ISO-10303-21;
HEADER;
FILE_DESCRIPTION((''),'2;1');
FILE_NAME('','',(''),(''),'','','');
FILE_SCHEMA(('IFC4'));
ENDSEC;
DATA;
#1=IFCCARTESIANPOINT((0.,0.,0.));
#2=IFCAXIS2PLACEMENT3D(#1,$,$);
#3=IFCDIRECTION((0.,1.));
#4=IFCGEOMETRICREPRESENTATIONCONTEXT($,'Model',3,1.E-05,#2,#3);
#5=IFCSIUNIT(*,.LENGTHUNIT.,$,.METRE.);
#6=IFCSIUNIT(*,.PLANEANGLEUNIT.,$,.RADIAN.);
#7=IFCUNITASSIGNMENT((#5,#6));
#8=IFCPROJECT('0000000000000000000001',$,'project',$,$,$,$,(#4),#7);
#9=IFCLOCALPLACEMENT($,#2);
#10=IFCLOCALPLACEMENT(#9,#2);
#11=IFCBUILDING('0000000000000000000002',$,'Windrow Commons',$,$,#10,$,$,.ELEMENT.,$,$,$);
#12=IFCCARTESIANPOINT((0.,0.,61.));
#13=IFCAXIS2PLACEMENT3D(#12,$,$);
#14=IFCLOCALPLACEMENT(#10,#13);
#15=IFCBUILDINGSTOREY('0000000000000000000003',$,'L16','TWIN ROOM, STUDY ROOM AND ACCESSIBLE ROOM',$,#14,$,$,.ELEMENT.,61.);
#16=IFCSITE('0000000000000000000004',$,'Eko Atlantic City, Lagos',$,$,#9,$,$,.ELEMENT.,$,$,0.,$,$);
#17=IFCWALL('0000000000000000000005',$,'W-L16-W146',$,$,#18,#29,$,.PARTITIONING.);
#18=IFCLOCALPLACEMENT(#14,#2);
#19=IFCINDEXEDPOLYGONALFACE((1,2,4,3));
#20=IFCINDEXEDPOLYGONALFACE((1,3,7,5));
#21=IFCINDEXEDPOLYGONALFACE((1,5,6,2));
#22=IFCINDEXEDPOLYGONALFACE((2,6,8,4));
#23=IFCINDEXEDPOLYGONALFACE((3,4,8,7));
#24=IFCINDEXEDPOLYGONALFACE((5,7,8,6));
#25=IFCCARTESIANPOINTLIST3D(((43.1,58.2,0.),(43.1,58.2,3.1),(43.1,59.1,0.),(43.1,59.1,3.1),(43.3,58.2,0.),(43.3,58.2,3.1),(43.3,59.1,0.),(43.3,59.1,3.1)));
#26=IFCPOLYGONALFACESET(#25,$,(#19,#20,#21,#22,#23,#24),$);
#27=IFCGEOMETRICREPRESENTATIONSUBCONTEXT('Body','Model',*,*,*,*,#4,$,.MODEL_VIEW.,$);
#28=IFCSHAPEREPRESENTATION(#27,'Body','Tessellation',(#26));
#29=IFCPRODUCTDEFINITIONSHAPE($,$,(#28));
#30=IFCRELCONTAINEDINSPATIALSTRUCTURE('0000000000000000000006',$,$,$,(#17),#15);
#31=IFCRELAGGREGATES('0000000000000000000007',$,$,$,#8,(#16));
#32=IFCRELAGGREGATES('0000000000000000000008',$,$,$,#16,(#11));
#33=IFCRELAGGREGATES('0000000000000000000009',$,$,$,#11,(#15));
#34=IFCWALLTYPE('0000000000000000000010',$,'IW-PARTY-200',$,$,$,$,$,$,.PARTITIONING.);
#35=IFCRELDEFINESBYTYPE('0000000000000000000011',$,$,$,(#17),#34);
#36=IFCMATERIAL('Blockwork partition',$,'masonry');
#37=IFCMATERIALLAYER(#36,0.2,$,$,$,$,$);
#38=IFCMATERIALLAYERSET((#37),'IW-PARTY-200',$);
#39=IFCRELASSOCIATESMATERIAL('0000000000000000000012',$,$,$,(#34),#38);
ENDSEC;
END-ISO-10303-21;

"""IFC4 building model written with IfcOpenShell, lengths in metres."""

from ifc_helpers import new_model, si_unit, direction, frame, frame_2d, origin, place, context, subcontext, project, spatial, rectangle, extrude, material, layer, layer_set, type_object, element, save


model = new_model("IFC4")

# Units and contexts
model_context = context("Model", 3, precision=1e-05, world=origin(), true_north=direction((0.0, 1.0)))
body_context = subcontext(model_context, "Body", "Model", "MODEL_VIEW")
ifc_project = project(units=[si_unit("LENGTHUNIT", "METRE"), si_unit("PLANEANGLEUNIT", "RADIAN")], contexts=[model_context])

# Site, building, storey
site_placement = place(None, origin())
site = spatial("IfcSite", under=ifc_project, at=site_placement, Name="Eko Atlantic City, Lagos", CompositionType="ELEMENT", RefElevation=0.0)
building_placement = place(site_placement, origin())
building = spatial("IfcBuilding", under=site, at=building_placement, Name="Windrow Commons", CompositionType="ELEMENT")
storey_placement = place(building_placement, frame((0.0, 0.0, 61.0)))
storey = spatial("IfcBuildingStorey", under=building, at=storey_placement, Name="L16", Description="TWIN ROOM, STUDY ROOM AND ACCESSIBLE ROOM", CompositionType="ELEMENT", Elevation=61.0)

# Wall
ifc_material_1 = material(Name="Blockwork partition", Category="masonry")
ifc_layer_1 = layer(ifc_material_1, 0.2)
ifc_layer_set_1 = layer_set([ifc_layer_1], Name="IW-PARTY-200")
wall_type_1 = type_object("IfcWallType", Name="IW-PARTY-200", PredefinedType="PARTITIONING", material=ifc_layer_set_1)
wall_1_placement = place(storey_placement, frame((43.2, 58.2, 0.0), z_axis=(0.0, 0.0, 1.0), x_axis=(0.0, 1.0, 0.0)))
element("IfcWall", 1, at=wall_1_placement, inside=storey, type_object=wall_type_1, Name="W-L16-W146", PredefinedType="PARTITIONING", context=body_context, shape_type="SweptSolid", body=[
    extrude(rectangle(XDim=0.9, YDim=0.2, at=frame_2d((0.45, 0.0))), origin(), (0.0, 0.0, 1.0), 3.1),
])

save(model, "model.ifc")
